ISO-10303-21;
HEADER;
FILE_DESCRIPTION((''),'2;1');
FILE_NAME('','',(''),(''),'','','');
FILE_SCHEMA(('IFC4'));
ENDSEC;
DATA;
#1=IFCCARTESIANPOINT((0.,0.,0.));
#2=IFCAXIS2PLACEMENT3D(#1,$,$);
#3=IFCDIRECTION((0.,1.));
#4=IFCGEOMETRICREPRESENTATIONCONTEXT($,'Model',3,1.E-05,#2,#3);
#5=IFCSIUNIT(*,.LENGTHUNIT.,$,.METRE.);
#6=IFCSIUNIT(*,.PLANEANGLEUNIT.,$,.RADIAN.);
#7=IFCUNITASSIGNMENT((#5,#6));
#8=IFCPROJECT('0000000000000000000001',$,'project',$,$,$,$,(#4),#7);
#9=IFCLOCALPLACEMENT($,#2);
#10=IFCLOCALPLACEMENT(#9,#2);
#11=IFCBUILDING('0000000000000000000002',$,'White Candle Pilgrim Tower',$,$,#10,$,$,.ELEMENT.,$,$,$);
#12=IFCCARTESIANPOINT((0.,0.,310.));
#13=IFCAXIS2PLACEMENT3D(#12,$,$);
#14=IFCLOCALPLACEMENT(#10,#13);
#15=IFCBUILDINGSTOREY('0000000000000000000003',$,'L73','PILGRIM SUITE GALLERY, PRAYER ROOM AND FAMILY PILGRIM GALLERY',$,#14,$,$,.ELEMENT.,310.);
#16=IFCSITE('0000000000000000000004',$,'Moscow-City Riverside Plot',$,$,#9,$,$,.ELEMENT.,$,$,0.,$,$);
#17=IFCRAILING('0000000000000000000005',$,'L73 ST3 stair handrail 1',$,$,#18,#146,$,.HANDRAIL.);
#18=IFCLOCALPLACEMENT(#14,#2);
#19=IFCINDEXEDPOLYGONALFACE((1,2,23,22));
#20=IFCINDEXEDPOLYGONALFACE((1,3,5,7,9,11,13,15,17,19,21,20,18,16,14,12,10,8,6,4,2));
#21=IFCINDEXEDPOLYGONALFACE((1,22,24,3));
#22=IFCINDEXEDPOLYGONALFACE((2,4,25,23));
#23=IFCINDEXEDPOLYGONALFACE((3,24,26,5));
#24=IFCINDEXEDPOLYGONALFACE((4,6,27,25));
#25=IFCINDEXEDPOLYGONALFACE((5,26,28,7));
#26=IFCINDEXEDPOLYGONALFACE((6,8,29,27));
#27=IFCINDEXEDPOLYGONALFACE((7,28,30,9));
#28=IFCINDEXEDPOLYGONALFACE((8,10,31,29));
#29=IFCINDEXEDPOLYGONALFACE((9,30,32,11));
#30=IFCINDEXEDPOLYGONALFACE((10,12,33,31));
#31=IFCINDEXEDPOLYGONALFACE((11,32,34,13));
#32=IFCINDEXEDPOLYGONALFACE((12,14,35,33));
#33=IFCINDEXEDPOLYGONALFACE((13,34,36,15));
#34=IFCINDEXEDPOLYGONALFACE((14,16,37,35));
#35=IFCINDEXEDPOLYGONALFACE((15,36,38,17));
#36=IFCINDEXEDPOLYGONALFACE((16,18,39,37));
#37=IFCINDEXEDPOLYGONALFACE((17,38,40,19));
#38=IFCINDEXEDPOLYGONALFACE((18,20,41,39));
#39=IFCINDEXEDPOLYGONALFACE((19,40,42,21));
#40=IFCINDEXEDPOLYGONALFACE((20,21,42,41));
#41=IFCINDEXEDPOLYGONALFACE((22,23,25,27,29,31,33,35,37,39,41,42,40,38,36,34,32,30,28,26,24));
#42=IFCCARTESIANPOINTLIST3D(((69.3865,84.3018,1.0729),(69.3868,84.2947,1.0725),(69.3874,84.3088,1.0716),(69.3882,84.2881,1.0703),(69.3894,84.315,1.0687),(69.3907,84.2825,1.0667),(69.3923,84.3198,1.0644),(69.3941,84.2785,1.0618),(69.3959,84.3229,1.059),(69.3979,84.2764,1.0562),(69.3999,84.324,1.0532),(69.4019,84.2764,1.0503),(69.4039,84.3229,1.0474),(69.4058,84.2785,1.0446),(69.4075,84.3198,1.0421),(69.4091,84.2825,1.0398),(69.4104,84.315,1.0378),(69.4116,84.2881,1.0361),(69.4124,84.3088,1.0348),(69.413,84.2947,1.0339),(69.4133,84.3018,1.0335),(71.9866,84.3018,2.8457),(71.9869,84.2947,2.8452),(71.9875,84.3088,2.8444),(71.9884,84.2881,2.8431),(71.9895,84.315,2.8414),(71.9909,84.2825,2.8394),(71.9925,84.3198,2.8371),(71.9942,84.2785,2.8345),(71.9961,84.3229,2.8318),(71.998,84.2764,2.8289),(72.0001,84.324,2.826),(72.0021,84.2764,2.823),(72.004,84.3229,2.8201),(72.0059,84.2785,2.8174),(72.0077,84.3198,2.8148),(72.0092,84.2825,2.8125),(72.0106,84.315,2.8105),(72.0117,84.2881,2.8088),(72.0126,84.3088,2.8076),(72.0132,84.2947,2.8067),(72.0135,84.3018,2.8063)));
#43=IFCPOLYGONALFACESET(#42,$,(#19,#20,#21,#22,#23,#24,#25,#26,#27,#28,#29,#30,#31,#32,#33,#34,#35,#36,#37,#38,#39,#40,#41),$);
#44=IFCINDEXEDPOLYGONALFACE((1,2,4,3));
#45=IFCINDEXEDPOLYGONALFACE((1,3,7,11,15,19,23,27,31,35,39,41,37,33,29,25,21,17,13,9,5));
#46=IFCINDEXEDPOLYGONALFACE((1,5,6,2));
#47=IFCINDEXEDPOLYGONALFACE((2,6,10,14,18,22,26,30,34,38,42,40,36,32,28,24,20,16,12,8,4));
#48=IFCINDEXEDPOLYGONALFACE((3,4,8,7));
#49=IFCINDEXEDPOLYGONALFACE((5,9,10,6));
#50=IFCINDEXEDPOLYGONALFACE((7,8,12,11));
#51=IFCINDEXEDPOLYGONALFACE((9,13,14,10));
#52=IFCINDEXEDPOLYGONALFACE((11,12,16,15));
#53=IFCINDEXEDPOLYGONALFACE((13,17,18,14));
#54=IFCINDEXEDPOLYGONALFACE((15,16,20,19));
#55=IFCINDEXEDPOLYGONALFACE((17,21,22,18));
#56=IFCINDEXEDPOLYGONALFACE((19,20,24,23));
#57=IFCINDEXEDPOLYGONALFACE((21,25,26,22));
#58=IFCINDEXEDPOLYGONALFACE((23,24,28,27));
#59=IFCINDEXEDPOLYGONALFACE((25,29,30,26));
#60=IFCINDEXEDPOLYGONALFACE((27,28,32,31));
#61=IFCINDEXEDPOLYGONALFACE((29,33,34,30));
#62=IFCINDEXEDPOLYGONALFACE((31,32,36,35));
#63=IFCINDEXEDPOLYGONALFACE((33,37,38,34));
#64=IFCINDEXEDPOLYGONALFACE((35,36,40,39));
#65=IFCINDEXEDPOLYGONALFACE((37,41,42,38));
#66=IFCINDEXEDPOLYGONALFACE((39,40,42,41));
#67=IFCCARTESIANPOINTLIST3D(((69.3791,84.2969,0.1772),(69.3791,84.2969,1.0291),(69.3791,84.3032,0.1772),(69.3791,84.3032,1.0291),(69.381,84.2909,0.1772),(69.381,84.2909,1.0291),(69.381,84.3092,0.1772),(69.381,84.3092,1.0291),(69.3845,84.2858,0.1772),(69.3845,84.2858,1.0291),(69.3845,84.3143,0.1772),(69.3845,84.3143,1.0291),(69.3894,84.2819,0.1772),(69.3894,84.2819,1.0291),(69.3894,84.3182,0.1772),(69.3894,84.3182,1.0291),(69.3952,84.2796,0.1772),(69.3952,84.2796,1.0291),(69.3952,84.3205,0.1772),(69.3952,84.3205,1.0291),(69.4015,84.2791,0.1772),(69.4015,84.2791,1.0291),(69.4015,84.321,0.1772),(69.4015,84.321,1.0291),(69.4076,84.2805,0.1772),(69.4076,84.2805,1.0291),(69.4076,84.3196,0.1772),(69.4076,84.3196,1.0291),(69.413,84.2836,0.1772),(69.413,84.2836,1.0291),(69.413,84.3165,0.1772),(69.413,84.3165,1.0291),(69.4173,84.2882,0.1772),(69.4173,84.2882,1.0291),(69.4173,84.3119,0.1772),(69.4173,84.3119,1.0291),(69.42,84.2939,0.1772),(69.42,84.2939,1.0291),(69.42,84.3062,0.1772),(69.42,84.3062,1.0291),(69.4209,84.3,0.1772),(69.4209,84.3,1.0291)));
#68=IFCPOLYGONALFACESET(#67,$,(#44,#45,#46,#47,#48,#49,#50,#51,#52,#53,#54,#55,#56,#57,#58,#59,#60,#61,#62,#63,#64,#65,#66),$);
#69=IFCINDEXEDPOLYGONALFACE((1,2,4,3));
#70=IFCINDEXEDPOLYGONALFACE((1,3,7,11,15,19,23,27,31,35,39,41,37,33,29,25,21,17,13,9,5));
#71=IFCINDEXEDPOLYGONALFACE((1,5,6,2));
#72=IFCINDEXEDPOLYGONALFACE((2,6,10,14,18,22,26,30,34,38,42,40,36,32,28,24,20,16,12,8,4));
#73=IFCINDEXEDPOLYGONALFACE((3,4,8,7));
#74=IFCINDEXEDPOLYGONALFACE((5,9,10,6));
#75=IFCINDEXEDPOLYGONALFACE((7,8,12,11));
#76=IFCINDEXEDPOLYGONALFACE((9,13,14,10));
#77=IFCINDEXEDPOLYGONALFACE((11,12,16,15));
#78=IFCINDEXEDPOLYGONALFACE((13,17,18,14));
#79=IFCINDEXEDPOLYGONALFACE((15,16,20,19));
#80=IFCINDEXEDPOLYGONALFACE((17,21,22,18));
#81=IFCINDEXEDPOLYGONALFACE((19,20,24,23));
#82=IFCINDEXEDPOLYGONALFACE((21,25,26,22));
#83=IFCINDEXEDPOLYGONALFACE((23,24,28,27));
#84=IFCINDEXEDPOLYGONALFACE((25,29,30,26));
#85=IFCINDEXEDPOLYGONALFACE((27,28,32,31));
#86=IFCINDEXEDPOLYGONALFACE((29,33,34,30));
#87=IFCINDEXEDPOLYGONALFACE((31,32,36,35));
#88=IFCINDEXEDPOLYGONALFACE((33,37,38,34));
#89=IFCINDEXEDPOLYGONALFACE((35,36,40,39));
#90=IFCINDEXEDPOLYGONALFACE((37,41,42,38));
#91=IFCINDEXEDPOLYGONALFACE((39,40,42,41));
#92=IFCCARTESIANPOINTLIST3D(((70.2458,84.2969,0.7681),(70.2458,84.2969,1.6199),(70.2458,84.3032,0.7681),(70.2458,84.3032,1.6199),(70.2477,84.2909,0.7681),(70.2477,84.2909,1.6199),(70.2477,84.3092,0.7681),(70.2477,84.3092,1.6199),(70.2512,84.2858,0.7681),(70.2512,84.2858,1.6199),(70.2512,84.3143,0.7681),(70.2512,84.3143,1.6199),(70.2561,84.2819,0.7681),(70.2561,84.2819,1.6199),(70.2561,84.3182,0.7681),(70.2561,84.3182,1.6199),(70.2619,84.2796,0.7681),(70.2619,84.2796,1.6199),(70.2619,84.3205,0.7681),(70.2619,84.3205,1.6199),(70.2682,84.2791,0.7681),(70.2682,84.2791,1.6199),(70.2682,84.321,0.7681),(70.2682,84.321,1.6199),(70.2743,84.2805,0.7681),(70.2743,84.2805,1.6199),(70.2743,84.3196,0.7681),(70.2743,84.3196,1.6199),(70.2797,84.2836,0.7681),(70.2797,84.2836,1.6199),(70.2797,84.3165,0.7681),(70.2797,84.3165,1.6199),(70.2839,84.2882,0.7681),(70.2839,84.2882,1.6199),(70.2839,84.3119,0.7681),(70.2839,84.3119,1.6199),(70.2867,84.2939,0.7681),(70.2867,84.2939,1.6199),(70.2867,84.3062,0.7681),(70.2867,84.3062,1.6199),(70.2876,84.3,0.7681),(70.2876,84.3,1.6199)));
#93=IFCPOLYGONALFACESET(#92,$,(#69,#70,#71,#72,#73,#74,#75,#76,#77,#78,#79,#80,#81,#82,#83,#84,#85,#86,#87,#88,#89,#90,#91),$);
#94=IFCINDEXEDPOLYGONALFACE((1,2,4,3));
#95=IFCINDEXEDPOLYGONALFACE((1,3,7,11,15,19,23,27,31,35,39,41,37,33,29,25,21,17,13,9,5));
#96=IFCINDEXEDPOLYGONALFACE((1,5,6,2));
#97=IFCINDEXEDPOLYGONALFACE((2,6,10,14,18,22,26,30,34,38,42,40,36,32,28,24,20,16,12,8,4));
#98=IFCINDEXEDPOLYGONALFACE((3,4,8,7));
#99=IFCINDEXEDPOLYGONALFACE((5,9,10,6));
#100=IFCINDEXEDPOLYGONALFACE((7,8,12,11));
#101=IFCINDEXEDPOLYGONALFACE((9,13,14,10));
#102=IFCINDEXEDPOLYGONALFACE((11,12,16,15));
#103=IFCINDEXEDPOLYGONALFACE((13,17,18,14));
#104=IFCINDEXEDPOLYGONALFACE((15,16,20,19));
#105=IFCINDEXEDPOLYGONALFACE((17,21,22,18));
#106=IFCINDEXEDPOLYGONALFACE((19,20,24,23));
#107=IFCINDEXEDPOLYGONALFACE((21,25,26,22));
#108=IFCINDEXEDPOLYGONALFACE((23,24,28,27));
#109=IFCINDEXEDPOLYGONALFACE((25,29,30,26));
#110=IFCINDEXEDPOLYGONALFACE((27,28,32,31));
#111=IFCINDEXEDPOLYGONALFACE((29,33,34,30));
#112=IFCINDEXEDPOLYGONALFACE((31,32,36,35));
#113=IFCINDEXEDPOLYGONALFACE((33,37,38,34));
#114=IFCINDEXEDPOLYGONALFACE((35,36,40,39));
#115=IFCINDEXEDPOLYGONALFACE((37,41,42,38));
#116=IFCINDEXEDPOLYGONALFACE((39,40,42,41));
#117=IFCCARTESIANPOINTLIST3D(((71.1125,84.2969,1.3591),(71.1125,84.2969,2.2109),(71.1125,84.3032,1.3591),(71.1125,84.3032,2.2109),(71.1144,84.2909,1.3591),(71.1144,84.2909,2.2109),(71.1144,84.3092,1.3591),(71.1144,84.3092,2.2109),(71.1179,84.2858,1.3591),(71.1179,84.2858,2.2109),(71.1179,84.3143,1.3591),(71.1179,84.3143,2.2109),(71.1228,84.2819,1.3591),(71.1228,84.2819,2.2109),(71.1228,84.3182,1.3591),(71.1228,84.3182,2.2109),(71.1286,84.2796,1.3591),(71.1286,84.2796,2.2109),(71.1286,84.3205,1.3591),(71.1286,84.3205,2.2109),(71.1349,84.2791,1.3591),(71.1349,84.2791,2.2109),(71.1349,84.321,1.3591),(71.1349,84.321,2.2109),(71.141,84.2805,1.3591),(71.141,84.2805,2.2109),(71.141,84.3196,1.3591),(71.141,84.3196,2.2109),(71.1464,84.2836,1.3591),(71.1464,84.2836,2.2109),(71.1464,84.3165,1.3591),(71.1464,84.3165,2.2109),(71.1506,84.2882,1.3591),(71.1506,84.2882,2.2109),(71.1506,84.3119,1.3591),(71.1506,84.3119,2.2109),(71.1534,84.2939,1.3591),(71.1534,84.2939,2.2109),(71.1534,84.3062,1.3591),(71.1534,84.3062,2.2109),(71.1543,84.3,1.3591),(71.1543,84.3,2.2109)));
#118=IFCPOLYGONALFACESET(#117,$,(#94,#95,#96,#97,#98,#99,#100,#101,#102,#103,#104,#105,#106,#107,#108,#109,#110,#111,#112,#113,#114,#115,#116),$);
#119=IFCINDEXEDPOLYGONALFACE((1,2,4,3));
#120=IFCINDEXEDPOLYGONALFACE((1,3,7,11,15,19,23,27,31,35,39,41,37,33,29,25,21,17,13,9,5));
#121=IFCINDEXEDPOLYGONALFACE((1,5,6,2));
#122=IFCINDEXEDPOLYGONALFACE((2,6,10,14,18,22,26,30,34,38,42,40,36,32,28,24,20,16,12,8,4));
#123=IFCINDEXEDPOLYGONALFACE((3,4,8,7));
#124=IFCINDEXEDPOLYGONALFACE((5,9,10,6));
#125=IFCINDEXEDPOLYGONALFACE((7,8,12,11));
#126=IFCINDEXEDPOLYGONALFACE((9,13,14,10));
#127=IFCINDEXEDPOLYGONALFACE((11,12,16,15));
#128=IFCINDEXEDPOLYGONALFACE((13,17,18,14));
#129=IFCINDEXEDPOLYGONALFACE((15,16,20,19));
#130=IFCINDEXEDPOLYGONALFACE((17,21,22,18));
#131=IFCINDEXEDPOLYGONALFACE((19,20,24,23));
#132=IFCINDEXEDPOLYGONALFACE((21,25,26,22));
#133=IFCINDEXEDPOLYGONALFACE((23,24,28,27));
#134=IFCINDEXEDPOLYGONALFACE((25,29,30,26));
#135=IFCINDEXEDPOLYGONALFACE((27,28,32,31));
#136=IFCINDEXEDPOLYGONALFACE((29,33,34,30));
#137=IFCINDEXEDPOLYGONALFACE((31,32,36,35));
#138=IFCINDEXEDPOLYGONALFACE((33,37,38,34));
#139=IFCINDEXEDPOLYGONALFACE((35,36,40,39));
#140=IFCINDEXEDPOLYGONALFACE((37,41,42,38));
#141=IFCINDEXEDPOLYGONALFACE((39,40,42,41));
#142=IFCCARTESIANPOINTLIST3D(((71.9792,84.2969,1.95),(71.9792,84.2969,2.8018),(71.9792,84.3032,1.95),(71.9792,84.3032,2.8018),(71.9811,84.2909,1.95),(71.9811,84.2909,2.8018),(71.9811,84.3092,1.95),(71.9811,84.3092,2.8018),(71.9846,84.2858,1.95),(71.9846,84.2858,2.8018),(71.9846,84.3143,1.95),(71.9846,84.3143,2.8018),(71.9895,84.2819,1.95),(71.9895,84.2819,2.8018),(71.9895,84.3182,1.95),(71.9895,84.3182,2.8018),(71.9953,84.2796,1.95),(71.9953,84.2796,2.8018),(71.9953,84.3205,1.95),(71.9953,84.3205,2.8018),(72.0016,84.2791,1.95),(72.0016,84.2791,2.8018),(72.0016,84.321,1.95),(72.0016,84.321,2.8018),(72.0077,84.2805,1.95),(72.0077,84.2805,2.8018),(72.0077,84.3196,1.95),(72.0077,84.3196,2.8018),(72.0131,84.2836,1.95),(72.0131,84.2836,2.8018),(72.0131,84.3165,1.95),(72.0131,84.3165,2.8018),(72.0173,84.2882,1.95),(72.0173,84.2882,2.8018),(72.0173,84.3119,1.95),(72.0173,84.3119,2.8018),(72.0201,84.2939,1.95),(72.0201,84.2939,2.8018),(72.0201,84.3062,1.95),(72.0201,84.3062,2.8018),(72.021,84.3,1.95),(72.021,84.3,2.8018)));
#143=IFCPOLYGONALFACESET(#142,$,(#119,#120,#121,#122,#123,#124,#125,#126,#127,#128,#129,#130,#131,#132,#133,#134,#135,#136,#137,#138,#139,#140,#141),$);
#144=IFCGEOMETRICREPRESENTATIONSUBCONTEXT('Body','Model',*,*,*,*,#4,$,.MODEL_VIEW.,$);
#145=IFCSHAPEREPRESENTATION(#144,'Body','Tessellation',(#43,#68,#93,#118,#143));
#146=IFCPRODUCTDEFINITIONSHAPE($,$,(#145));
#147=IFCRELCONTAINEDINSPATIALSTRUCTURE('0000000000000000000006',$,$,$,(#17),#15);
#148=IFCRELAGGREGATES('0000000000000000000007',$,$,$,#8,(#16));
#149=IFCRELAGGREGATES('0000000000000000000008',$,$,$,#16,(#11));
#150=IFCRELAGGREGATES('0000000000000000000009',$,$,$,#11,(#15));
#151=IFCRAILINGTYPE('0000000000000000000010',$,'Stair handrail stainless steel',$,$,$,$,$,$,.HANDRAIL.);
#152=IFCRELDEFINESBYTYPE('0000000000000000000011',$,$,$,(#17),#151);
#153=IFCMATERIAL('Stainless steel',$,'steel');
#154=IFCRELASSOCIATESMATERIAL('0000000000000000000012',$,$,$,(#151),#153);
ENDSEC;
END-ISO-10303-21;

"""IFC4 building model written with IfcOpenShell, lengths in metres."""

from ifc_helpers import new_model, si_unit, direction, frame, origin, origin_2d, place, context, subcontext, project, spatial, circle, extrude, material, type_object, element, save


model = new_model("IFC4")

# Units and contexts
model_context = context("Model", 3, precision=1e-05, world=origin(), true_north=direction((0.0, 1.0)))
body_context = subcontext(model_context, "Body", "Model", "MODEL_VIEW")
ifc_project = project(units=[si_unit("LENGTHUNIT", "METRE"), si_unit("PLANEANGLEUNIT", "RADIAN")], contexts=[model_context])

# Site, building, storey
site_placement = place(None, origin())
site = spatial("IfcSite", under=ifc_project, at=site_placement, Name="Moscow-City Riverside Plot", CompositionType="ELEMENT", RefElevation=0.0)
building_placement = place(site_placement, origin())
building = spatial("IfcBuilding", under=site, at=building_placement, Name="White Candle Pilgrim Tower", CompositionType="ELEMENT")
storey_placement = place(building_placement, frame((0.0, 0.0, 310.0)))
storey = spatial("IfcBuildingStorey", under=building, at=storey_placement, Name="L73", Description="PILGRIM SUITE GALLERY, PRAYER ROOM AND FAMILY PILGRIM GALLERY", CompositionType="ELEMENT", Elevation=310.0)

# Railing
ifc_material_1 = material(Name="Stainless steel", Category="steel")
railing_type_1 = type_object("IfcRailingType", Name="Stair handrail stainless steel", PredefinedType="HANDRAIL", material=ifc_material_1)
railing_1_placement = place(storey_placement, frame((69.3999, 84.3, 0.1772)))
element("IfcRailing", 1, at=railing_1_placement, inside=storey, type_object=railing_type_1, Name="L73 ST3 stair handrail 1", PredefinedType="HANDRAIL", context=body_context, shape_type="SweptSolid", body=[
    extrude(circle(Radius=0.0239, at=origin_2d()), frame((0.0, 0.0, 0.876), z_axis=(0.82624, 0.0, 0.563318), x_axis=(0.0, 1.0, 0.0)), (0.0, 0.0, 1.0), 3.147),
    extrude(circle(Radius=0.021, at=origin_2d()), origin(), (0.0, 0.0, 1.0), 0.8518),
    extrude(circle(Radius=0.021, at=origin_2d()), frame((0.8667, 0.0, 0.5908)), (0.0, 0.0, 1.0), 0.8518),
    extrude(circle(Radius=0.021, at=origin_2d()), frame((1.7334, 0.0, 1.1819)), (0.0, 0.0, 1.0), 0.8518),
    extrude(circle(Radius=0.021, at=origin_2d()), frame((2.6001, 0.0, 1.7727)), (0.0, 0.0, 1.0), 0.8518),
])

save(model, "model.ifc")
